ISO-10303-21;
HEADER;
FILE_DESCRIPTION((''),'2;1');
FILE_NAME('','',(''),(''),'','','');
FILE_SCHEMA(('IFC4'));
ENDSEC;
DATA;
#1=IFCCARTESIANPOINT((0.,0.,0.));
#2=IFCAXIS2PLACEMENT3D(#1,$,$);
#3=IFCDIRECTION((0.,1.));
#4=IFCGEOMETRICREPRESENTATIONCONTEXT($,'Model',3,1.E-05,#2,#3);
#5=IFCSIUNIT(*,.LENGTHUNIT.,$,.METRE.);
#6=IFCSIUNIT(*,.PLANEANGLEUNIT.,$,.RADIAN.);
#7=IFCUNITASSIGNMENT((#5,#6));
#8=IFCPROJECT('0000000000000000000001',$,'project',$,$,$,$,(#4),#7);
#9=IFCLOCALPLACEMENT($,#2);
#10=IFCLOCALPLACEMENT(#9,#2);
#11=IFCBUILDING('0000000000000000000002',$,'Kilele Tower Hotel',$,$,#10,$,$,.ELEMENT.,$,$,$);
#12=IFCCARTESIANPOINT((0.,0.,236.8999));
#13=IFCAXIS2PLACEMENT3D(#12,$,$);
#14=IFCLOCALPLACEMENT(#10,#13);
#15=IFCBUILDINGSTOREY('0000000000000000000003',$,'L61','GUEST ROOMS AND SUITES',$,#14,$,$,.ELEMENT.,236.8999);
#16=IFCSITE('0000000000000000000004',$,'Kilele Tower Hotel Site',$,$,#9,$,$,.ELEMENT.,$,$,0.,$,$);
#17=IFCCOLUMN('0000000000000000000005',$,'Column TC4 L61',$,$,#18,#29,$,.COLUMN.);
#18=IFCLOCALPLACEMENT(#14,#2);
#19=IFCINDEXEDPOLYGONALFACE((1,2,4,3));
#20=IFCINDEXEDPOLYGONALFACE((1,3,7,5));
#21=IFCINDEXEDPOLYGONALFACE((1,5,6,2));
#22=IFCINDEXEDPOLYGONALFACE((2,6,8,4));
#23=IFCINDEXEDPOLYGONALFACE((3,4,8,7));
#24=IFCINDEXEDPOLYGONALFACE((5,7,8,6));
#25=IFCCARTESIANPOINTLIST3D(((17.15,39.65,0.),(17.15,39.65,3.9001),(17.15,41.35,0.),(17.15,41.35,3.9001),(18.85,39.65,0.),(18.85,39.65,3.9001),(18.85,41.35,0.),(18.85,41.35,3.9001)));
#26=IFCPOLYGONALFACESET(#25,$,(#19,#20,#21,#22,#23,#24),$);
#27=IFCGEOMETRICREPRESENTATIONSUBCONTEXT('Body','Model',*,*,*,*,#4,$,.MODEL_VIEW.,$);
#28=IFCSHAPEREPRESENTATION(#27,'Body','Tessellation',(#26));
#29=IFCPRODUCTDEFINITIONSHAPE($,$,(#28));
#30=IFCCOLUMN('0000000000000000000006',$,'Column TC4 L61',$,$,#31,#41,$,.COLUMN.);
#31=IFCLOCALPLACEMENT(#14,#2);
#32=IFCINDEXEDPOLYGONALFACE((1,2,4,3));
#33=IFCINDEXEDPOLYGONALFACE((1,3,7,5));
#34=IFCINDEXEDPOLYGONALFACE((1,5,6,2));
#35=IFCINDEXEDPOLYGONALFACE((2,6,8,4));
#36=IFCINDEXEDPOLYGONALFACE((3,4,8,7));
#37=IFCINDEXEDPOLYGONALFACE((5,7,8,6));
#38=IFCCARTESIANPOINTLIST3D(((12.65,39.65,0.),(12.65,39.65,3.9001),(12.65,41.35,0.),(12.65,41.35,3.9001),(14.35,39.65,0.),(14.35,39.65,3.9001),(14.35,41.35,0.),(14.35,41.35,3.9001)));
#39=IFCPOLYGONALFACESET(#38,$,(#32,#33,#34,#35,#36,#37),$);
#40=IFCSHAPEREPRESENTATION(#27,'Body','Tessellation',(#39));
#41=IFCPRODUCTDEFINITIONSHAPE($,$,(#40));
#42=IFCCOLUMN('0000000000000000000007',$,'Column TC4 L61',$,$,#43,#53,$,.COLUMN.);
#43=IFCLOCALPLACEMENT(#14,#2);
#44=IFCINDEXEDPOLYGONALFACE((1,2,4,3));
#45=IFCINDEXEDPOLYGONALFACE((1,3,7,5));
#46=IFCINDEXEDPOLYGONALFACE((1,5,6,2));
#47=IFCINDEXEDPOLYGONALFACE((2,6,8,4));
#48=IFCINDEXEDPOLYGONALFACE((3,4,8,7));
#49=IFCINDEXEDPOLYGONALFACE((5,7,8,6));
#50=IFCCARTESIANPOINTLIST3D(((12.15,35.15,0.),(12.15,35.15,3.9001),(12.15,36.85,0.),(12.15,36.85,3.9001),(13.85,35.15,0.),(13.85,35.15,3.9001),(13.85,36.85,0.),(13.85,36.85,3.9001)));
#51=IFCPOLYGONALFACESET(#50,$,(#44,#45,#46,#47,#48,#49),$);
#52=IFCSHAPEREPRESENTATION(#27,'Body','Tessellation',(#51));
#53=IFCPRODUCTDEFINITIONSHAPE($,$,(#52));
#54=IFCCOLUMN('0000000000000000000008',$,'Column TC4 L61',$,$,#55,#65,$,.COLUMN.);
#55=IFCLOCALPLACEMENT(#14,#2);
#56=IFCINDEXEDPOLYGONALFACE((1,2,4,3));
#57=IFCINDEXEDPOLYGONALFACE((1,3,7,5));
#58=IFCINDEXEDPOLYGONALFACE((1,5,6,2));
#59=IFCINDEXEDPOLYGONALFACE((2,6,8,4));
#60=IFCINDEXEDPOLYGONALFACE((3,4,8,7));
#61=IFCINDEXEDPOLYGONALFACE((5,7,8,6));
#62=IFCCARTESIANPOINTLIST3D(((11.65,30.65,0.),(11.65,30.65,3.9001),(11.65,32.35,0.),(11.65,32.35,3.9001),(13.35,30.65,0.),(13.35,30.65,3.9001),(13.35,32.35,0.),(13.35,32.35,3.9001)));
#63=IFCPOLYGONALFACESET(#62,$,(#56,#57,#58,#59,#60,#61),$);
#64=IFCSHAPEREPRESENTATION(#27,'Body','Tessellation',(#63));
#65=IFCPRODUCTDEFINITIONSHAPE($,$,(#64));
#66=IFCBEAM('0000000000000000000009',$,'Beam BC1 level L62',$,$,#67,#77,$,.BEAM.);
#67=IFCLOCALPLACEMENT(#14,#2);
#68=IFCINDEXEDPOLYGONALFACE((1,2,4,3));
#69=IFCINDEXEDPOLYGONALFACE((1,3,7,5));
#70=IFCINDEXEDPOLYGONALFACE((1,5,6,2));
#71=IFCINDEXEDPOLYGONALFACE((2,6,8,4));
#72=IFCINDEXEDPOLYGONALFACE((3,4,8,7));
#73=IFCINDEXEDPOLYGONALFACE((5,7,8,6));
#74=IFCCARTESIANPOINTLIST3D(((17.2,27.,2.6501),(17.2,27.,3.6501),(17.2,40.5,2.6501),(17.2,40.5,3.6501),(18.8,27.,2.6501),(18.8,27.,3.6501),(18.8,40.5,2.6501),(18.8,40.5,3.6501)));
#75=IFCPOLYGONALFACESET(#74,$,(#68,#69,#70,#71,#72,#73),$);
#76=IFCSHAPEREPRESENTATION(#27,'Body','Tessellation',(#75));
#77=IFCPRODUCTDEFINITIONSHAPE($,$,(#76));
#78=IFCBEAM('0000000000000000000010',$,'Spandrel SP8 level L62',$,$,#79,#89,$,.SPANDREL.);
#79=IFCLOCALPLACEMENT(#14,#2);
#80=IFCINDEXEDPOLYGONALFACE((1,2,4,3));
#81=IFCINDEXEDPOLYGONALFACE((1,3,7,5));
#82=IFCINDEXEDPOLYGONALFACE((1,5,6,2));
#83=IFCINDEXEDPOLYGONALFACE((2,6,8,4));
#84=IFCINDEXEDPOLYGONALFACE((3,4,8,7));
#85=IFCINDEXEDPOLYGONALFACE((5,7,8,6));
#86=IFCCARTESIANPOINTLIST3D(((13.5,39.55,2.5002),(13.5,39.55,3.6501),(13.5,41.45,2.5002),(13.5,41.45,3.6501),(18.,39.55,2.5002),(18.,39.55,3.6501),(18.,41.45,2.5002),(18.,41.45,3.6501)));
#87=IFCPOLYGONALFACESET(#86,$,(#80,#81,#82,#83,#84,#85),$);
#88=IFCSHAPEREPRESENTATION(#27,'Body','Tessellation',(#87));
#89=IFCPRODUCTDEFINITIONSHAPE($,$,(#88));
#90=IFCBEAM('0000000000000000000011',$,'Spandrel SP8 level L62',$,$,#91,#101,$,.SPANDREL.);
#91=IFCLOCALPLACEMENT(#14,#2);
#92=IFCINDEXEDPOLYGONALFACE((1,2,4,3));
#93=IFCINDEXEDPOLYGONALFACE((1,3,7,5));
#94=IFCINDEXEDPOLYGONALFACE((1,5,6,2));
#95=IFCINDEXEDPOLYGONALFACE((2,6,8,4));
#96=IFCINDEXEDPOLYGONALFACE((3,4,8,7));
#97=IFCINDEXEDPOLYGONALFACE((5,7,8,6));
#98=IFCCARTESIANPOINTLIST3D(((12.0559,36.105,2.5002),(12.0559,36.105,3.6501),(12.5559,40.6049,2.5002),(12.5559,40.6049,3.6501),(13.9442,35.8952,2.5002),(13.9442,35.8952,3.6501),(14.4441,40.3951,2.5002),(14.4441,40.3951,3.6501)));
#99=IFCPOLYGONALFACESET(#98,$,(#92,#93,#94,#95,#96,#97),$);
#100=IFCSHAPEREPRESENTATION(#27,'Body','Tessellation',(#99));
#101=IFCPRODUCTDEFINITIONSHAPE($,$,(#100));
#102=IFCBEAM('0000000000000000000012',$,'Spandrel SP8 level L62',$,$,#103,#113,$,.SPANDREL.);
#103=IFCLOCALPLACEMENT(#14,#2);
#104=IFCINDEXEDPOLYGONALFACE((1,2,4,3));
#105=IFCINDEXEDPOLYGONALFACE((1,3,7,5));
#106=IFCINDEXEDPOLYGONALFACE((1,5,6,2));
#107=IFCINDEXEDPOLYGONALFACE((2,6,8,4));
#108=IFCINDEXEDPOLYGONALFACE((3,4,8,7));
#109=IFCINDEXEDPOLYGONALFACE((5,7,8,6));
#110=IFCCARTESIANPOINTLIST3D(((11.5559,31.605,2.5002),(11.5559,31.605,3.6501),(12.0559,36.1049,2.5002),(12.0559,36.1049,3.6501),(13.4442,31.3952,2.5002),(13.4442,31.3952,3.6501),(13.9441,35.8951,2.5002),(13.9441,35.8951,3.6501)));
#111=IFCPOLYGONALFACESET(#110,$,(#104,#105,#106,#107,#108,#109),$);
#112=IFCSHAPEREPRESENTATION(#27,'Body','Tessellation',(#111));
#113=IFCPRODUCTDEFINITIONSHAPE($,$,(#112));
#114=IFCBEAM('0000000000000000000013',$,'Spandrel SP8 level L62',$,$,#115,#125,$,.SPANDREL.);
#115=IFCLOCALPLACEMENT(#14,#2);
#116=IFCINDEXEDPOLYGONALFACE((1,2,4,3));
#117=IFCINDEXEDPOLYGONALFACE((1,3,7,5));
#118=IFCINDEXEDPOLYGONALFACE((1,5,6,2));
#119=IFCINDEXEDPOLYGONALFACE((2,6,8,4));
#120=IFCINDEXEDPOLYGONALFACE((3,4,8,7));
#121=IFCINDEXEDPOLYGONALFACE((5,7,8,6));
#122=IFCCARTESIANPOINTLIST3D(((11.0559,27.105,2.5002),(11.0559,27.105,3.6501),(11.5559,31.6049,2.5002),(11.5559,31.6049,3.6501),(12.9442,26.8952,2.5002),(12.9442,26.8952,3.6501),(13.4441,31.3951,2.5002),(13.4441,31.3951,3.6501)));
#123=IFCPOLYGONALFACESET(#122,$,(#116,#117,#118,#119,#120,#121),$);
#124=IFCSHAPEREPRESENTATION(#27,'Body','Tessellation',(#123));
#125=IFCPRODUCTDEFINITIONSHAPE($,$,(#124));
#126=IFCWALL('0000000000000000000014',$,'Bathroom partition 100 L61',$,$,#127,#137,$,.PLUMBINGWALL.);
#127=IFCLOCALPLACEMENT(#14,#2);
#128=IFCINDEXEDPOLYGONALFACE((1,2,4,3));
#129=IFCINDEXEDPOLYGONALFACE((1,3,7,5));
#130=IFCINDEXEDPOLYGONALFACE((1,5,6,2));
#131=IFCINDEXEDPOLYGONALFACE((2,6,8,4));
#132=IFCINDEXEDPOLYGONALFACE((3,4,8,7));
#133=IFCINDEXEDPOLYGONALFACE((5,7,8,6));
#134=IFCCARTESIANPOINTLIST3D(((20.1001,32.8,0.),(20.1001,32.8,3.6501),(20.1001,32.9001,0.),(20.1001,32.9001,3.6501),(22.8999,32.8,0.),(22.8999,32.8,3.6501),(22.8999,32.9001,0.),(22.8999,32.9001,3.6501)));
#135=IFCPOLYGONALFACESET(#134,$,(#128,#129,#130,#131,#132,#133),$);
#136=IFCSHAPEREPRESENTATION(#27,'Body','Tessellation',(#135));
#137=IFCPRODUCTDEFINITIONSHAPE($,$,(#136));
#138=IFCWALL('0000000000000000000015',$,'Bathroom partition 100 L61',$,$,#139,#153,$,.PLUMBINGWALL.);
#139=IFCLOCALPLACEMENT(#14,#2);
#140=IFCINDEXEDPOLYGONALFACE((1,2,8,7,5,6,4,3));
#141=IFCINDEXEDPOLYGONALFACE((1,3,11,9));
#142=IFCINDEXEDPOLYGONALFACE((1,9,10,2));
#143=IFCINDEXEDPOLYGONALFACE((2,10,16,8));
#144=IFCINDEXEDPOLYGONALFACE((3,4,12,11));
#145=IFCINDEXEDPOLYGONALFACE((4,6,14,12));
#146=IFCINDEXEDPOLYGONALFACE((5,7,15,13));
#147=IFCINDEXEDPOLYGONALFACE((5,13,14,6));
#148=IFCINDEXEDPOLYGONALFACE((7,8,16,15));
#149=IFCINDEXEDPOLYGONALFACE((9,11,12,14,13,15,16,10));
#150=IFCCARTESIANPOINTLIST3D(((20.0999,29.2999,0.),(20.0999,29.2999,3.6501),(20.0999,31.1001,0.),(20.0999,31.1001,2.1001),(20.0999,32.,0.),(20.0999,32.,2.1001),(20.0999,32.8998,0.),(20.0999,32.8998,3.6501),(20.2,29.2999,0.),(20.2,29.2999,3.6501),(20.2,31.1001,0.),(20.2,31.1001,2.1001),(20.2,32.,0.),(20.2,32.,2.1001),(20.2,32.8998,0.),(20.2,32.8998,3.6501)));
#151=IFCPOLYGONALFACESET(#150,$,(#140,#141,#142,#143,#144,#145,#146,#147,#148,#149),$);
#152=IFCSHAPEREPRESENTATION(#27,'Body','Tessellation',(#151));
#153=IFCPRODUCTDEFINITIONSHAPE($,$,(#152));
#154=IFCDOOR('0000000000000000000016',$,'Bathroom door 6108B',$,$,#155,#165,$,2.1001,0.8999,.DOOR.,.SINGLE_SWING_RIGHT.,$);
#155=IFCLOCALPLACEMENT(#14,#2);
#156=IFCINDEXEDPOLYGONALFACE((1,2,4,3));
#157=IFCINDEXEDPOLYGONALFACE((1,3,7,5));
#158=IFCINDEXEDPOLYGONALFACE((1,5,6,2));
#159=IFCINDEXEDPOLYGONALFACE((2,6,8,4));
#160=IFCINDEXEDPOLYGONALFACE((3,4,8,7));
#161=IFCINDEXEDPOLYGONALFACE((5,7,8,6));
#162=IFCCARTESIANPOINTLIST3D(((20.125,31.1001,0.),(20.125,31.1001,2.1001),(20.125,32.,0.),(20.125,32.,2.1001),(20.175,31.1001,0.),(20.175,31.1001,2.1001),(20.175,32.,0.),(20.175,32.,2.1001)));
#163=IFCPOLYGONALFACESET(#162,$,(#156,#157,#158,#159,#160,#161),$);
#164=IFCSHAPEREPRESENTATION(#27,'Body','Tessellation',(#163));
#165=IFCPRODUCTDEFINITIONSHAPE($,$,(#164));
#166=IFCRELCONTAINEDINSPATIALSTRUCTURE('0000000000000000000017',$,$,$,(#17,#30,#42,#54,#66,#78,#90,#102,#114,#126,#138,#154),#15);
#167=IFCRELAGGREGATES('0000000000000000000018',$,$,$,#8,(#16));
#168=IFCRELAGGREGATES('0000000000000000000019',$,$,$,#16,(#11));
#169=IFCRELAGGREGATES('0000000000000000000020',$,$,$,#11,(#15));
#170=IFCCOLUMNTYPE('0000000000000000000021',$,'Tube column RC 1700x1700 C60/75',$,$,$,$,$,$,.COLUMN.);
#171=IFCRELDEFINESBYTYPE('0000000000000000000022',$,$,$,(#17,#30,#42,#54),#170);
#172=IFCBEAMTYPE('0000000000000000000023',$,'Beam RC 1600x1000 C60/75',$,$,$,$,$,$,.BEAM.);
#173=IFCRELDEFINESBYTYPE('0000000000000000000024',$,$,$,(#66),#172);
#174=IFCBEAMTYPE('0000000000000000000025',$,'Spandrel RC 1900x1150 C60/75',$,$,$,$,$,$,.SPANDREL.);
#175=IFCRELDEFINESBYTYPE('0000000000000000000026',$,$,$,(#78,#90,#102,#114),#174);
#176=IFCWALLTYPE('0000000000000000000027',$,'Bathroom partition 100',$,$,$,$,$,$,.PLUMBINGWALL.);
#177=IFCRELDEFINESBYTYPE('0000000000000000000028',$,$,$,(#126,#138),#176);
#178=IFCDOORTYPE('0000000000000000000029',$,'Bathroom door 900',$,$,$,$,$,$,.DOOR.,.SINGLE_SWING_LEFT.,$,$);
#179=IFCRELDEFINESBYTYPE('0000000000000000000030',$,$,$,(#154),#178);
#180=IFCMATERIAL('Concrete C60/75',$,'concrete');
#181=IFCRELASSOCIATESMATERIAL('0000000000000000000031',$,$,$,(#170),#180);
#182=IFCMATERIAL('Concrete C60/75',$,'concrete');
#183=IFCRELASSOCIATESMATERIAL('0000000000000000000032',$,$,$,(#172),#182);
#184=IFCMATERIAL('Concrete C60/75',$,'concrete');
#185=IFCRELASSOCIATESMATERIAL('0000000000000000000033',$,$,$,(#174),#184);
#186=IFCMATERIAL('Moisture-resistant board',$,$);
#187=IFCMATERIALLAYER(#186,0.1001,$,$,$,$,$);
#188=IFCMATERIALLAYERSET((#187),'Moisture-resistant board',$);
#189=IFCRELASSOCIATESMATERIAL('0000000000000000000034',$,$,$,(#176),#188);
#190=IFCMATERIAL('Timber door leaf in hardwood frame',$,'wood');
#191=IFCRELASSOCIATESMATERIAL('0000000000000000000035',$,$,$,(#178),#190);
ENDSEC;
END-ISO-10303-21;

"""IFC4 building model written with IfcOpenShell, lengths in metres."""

from ifc_helpers import new_model, si_unit, direction, frame, frame_2d, origin, origin_2d, place, context, subcontext, project, spatial, rectangle, extrude, material, layer, layer_set, material_profile, profile_set, type_object, element, fill, save


model = new_model("IFC4")

# Units and contexts
model_context = context("Model", 3, precision=1e-05, world=origin(), true_north=direction((0.0, 1.0)))
body_context = subcontext(model_context, "Body", "Model", "MODEL_VIEW")
ifc_project = project(units=[si_unit("LENGTHUNIT", "METRE"), si_unit("PLANEANGLEUNIT", "RADIAN")], contexts=[model_context])

# Site, building, storey
site_placement = place(None, origin())
site = spatial("IfcSite", under=ifc_project, at=site_placement, Name="Kilele Tower Hotel Site", CompositionType="ELEMENT", RefElevation=0.0)
building_placement = place(site_placement, origin())
building = spatial("IfcBuilding", under=site, at=building_placement, Name="Kilele Tower Hotel", CompositionType="ELEMENT")
storey_placement = place(building_placement, frame((0.0, 0.0, 236.8999)))
storey = spatial("IfcBuildingStorey", under=building, at=storey_placement, Name="L61", Description="GUEST ROOMS AND SUITES", CompositionType="ELEMENT", Elevation=236.8999)

# Columns
ifc_material_1 = material(Name="Concrete C60/75", Category="concrete")
ifc_material_profile_1 = material_profile(ifc_material_1, rectangle(XDim=1.7, YDim=1.7, at=origin_2d()))
ifc_profile_set_1 = profile_set([ifc_material_profile_1], Name="Concrete C60/75")
column_type = type_object("IfcColumnType", Name="Tube column RC 1700x1700 C60/75", PredefinedType="COLUMN", material=ifc_profile_set_1)
for number, where, z_axis, x_axis, name in (
    (1, (18.0, 40.5, 0.0), (0.0, 0.0, 1.0), (1.0, 0.0, 0.0), "Column TC4 L61"),
    (2, (13.5, 40.5, 0.0), (0.0, 0.0, 1.0), (1.0, 0.0, 0.0), "Column TC4 L61"),
    (3, (13.0, 36.0, 0.0), (0.0, 0.0, 1.0), (1.0, 0.0, 0.0), "Column TC4 L61"),
    (4, (12.5, 31.5, 0.0), (0.0, 0.0, 1.0), (1.0, 0.0, 0.0), "Column TC4 L61"),
):
    element("IfcColumn", number, at=place(storey_placement, frame(where, z_axis=z_axis, x_axis=x_axis)), inside=storey, type_object=column_type, Name=name, PredefinedType="COLUMN", context=body_context, shape_type="SweptSolid", body=[
        extrude(rectangle(XDim=1.7, YDim=1.7, at=origin_2d()), origin(), (0.0, 0.0, 1.0), 3.9001),
    ])

# Beams
ifc_material_2 = material(Name="Concrete C60/75", Category="concrete")
ifc_material_profile_2 = material_profile(ifc_material_2, rectangle(XDim=1.6001, YDim=1.0, at=origin_2d()))
ifc_profile_set_2 = profile_set([ifc_material_profile_2], Name="Concrete C60/75")
beam_type_1 = type_object("IfcBeamType", Name="Beam RC 1600x1000 C60/75", PredefinedType="BEAM", material=ifc_profile_set_2)
beam_1_placement = place(storey_placement, frame((18.0, 40.5, 3.1501), z_axis=(0.0, -1.0, 0.0), x_axis=(1.0, 0.0, 0.0)))
element("IfcBeam", 5, at=beam_1_placement, inside=storey, type_object=beam_type_1, Name="Beam BC1 level L62", PredefinedType="BEAM", context=body_context, shape_type="SweptSolid", body=[
    extrude(rectangle(XDim=1.6001, YDim=1.0, at=origin_2d()), origin(), (0.0, 0.0, 1.0), 13.5),
])
ifc_material_3 = material(Name="Concrete C60/75", Category="concrete")
ifc_material_profile_3 = material_profile(ifc_material_3, rectangle(XDim=1.8999, YDim=1.1499, at=origin_2d()))
ifc_profile_set_3 = profile_set([ifc_material_profile_3], Name="Concrete C60/75")
beam_type_2 = type_object("IfcBeamType", Name="Spandrel RC 1900x1150 C60/75", PredefinedType="SPANDREL", material=ifc_profile_set_3)
beam_2_placement = place(storey_placement, frame((18.0, 40.5, 3.0752), z_axis=(-1.0, 0.0, 0.0), x_axis=(0.0, -1.0, 0.0)))
element("IfcBeam", 6, at=beam_2_placement, inside=storey, type_object=beam_type_2, Name="Spandrel SP8 level L62", PredefinedType="SPANDREL", context=body_context, shape_type="SweptSolid", body=[
    extrude(rectangle(XDim=1.8999, YDim=1.1499, at=origin_2d()), origin(), (0.0, 0.0, 1.0), 4.5),
])
for number, where, z_axis, x_axis, name in (
    (7, (13.5, 40.5, 3.0752), (-0.110432, -0.993884, 0.0), (0.993884, -0.110432, 0.0), "Spandrel SP8 level L62"),
    (8, (13.0, 36.0, 3.0752), (-0.110432, -0.993884, 0.0), (0.993884, -0.110432, 0.0), "Spandrel SP8 level L62"),
    (9, (12.5, 31.5, 3.0752), (-0.110432, -0.993884, 0.0), (0.993884, -0.110432, 0.0), "Spandrel SP8 level L62"),
):
    element("IfcBeam", number, at=place(storey_placement, frame(where, z_axis=z_axis, x_axis=x_axis)), inside=storey, type_object=beam_type_2, Name=name, PredefinedType="SPANDREL", context=body_context, shape_type="SweptSolid", body=[
        extrude(rectangle(XDim=1.8999, YDim=1.1499, at=origin_2d()), origin(), (0.0, 0.0, 1.0), 4.5276),
    ])

# Wall
ifc_material_4 = material(Name="Moisture-resistant board")
ifc_layer_1 = layer(ifc_material_4, 0.1001)
ifc_layer_set_1 = layer_set([ifc_layer_1], Name="Moisture-resistant board")
wall_type_1 = type_object("IfcWallType", Name="Bathroom partition 100", PredefinedType="PLUMBINGWALL", material=ifc_layer_set_1)
wall_1_placement = place(storey_placement, frame((20.1001, 32.8501, 0.0), z_axis=(0.0, 0.0, 1.0), x_axis=(1.0, 0.0, 0.0)))
element("IfcWall", 10, at=wall_1_placement, inside=storey, type_object=wall_type_1, Name="Bathroom partition 100 L61", PredefinedType="PLUMBINGWALL", context=body_context, shape_type="SweptSolid", body=[
    extrude(rectangle(XDim=2.7998, YDim=0.1001, at=frame_2d((1.3999, 0.0))), origin(), (0.0, 0.0, 1.0), 3.6501),
])

# Wall, opening, door
wall_2_placement = place(storey_placement, frame((20.1499, 29.3, 0.0), z_axis=(0.0, 0.0, 1.0), x_axis=(0.0, 1.0, 0.0)))
wall_2 = element("IfcWall", 11, at=wall_2_placement, inside=storey, type_object=wall_type_1, Name="Bathroom partition 100 L61", PredefinedType="PLUMBINGWALL", context=body_context, shape_type="SweptSolid", body=[
    extrude(rectangle(XDim=3.5999, YDim=0.1001, at=frame_2d((1.7998, 0.0))), origin(), (0.0, 0.0, 1.0), 3.6501),
])
opening_1_placement = place(wall_2_placement, frame((1.8, 0.0, 0.0)))
opening_1 = element("IfcOpeningElement", 12, at=opening_1_placement, cuts=wall_2, PredefinedType="OPENING", context=body_context, shape_type="SweptSolid", body=[
    extrude(rectangle(XDim=0.8999, YDim=2.1001, at=frame_2d((0.45, 1.05))), frame((0.0, 0.0601, 0.0), z_axis=(0.0, -1.0, 0.0), x_axis=(1.0, 0.0, 0.0)), (0.0, 0.0, 1.0), 0.1201),
])
ifc_material_5 = material(Name="Timber door leaf in hardwood frame", Category="wood")
door_type = type_object("IfcDoorType", Name="Bathroom door 900", OperationType="SINGLE_SWING_LEFT", PredefinedType="DOOR", material=ifc_material_5)
door_placement = place(opening_1_placement, origin())
door = element("IfcDoor", 13, at=door_placement, inside=storey, type_object=door_type, Name="Bathroom door 6108B", OperationType="SINGLE_SWING_RIGHT", OverallHeight=2.1001, OverallWidth=0.8999, PredefinedType="DOOR", context=body_context, shape_type="SweptSolid", body=[
    extrude(rectangle(XDim=0.8999, YDim=2.1001, at=frame_2d((0.45, 1.05))), frame((0.0, 0.0249, 0.0), z_axis=(0.0, -1.0, 0.0), x_axis=(1.0, 0.0, 0.0)), (0.0, 0.0, 1.0), 0.05),
])
fill(opening_1, door)

save(model, "model.ifc")
